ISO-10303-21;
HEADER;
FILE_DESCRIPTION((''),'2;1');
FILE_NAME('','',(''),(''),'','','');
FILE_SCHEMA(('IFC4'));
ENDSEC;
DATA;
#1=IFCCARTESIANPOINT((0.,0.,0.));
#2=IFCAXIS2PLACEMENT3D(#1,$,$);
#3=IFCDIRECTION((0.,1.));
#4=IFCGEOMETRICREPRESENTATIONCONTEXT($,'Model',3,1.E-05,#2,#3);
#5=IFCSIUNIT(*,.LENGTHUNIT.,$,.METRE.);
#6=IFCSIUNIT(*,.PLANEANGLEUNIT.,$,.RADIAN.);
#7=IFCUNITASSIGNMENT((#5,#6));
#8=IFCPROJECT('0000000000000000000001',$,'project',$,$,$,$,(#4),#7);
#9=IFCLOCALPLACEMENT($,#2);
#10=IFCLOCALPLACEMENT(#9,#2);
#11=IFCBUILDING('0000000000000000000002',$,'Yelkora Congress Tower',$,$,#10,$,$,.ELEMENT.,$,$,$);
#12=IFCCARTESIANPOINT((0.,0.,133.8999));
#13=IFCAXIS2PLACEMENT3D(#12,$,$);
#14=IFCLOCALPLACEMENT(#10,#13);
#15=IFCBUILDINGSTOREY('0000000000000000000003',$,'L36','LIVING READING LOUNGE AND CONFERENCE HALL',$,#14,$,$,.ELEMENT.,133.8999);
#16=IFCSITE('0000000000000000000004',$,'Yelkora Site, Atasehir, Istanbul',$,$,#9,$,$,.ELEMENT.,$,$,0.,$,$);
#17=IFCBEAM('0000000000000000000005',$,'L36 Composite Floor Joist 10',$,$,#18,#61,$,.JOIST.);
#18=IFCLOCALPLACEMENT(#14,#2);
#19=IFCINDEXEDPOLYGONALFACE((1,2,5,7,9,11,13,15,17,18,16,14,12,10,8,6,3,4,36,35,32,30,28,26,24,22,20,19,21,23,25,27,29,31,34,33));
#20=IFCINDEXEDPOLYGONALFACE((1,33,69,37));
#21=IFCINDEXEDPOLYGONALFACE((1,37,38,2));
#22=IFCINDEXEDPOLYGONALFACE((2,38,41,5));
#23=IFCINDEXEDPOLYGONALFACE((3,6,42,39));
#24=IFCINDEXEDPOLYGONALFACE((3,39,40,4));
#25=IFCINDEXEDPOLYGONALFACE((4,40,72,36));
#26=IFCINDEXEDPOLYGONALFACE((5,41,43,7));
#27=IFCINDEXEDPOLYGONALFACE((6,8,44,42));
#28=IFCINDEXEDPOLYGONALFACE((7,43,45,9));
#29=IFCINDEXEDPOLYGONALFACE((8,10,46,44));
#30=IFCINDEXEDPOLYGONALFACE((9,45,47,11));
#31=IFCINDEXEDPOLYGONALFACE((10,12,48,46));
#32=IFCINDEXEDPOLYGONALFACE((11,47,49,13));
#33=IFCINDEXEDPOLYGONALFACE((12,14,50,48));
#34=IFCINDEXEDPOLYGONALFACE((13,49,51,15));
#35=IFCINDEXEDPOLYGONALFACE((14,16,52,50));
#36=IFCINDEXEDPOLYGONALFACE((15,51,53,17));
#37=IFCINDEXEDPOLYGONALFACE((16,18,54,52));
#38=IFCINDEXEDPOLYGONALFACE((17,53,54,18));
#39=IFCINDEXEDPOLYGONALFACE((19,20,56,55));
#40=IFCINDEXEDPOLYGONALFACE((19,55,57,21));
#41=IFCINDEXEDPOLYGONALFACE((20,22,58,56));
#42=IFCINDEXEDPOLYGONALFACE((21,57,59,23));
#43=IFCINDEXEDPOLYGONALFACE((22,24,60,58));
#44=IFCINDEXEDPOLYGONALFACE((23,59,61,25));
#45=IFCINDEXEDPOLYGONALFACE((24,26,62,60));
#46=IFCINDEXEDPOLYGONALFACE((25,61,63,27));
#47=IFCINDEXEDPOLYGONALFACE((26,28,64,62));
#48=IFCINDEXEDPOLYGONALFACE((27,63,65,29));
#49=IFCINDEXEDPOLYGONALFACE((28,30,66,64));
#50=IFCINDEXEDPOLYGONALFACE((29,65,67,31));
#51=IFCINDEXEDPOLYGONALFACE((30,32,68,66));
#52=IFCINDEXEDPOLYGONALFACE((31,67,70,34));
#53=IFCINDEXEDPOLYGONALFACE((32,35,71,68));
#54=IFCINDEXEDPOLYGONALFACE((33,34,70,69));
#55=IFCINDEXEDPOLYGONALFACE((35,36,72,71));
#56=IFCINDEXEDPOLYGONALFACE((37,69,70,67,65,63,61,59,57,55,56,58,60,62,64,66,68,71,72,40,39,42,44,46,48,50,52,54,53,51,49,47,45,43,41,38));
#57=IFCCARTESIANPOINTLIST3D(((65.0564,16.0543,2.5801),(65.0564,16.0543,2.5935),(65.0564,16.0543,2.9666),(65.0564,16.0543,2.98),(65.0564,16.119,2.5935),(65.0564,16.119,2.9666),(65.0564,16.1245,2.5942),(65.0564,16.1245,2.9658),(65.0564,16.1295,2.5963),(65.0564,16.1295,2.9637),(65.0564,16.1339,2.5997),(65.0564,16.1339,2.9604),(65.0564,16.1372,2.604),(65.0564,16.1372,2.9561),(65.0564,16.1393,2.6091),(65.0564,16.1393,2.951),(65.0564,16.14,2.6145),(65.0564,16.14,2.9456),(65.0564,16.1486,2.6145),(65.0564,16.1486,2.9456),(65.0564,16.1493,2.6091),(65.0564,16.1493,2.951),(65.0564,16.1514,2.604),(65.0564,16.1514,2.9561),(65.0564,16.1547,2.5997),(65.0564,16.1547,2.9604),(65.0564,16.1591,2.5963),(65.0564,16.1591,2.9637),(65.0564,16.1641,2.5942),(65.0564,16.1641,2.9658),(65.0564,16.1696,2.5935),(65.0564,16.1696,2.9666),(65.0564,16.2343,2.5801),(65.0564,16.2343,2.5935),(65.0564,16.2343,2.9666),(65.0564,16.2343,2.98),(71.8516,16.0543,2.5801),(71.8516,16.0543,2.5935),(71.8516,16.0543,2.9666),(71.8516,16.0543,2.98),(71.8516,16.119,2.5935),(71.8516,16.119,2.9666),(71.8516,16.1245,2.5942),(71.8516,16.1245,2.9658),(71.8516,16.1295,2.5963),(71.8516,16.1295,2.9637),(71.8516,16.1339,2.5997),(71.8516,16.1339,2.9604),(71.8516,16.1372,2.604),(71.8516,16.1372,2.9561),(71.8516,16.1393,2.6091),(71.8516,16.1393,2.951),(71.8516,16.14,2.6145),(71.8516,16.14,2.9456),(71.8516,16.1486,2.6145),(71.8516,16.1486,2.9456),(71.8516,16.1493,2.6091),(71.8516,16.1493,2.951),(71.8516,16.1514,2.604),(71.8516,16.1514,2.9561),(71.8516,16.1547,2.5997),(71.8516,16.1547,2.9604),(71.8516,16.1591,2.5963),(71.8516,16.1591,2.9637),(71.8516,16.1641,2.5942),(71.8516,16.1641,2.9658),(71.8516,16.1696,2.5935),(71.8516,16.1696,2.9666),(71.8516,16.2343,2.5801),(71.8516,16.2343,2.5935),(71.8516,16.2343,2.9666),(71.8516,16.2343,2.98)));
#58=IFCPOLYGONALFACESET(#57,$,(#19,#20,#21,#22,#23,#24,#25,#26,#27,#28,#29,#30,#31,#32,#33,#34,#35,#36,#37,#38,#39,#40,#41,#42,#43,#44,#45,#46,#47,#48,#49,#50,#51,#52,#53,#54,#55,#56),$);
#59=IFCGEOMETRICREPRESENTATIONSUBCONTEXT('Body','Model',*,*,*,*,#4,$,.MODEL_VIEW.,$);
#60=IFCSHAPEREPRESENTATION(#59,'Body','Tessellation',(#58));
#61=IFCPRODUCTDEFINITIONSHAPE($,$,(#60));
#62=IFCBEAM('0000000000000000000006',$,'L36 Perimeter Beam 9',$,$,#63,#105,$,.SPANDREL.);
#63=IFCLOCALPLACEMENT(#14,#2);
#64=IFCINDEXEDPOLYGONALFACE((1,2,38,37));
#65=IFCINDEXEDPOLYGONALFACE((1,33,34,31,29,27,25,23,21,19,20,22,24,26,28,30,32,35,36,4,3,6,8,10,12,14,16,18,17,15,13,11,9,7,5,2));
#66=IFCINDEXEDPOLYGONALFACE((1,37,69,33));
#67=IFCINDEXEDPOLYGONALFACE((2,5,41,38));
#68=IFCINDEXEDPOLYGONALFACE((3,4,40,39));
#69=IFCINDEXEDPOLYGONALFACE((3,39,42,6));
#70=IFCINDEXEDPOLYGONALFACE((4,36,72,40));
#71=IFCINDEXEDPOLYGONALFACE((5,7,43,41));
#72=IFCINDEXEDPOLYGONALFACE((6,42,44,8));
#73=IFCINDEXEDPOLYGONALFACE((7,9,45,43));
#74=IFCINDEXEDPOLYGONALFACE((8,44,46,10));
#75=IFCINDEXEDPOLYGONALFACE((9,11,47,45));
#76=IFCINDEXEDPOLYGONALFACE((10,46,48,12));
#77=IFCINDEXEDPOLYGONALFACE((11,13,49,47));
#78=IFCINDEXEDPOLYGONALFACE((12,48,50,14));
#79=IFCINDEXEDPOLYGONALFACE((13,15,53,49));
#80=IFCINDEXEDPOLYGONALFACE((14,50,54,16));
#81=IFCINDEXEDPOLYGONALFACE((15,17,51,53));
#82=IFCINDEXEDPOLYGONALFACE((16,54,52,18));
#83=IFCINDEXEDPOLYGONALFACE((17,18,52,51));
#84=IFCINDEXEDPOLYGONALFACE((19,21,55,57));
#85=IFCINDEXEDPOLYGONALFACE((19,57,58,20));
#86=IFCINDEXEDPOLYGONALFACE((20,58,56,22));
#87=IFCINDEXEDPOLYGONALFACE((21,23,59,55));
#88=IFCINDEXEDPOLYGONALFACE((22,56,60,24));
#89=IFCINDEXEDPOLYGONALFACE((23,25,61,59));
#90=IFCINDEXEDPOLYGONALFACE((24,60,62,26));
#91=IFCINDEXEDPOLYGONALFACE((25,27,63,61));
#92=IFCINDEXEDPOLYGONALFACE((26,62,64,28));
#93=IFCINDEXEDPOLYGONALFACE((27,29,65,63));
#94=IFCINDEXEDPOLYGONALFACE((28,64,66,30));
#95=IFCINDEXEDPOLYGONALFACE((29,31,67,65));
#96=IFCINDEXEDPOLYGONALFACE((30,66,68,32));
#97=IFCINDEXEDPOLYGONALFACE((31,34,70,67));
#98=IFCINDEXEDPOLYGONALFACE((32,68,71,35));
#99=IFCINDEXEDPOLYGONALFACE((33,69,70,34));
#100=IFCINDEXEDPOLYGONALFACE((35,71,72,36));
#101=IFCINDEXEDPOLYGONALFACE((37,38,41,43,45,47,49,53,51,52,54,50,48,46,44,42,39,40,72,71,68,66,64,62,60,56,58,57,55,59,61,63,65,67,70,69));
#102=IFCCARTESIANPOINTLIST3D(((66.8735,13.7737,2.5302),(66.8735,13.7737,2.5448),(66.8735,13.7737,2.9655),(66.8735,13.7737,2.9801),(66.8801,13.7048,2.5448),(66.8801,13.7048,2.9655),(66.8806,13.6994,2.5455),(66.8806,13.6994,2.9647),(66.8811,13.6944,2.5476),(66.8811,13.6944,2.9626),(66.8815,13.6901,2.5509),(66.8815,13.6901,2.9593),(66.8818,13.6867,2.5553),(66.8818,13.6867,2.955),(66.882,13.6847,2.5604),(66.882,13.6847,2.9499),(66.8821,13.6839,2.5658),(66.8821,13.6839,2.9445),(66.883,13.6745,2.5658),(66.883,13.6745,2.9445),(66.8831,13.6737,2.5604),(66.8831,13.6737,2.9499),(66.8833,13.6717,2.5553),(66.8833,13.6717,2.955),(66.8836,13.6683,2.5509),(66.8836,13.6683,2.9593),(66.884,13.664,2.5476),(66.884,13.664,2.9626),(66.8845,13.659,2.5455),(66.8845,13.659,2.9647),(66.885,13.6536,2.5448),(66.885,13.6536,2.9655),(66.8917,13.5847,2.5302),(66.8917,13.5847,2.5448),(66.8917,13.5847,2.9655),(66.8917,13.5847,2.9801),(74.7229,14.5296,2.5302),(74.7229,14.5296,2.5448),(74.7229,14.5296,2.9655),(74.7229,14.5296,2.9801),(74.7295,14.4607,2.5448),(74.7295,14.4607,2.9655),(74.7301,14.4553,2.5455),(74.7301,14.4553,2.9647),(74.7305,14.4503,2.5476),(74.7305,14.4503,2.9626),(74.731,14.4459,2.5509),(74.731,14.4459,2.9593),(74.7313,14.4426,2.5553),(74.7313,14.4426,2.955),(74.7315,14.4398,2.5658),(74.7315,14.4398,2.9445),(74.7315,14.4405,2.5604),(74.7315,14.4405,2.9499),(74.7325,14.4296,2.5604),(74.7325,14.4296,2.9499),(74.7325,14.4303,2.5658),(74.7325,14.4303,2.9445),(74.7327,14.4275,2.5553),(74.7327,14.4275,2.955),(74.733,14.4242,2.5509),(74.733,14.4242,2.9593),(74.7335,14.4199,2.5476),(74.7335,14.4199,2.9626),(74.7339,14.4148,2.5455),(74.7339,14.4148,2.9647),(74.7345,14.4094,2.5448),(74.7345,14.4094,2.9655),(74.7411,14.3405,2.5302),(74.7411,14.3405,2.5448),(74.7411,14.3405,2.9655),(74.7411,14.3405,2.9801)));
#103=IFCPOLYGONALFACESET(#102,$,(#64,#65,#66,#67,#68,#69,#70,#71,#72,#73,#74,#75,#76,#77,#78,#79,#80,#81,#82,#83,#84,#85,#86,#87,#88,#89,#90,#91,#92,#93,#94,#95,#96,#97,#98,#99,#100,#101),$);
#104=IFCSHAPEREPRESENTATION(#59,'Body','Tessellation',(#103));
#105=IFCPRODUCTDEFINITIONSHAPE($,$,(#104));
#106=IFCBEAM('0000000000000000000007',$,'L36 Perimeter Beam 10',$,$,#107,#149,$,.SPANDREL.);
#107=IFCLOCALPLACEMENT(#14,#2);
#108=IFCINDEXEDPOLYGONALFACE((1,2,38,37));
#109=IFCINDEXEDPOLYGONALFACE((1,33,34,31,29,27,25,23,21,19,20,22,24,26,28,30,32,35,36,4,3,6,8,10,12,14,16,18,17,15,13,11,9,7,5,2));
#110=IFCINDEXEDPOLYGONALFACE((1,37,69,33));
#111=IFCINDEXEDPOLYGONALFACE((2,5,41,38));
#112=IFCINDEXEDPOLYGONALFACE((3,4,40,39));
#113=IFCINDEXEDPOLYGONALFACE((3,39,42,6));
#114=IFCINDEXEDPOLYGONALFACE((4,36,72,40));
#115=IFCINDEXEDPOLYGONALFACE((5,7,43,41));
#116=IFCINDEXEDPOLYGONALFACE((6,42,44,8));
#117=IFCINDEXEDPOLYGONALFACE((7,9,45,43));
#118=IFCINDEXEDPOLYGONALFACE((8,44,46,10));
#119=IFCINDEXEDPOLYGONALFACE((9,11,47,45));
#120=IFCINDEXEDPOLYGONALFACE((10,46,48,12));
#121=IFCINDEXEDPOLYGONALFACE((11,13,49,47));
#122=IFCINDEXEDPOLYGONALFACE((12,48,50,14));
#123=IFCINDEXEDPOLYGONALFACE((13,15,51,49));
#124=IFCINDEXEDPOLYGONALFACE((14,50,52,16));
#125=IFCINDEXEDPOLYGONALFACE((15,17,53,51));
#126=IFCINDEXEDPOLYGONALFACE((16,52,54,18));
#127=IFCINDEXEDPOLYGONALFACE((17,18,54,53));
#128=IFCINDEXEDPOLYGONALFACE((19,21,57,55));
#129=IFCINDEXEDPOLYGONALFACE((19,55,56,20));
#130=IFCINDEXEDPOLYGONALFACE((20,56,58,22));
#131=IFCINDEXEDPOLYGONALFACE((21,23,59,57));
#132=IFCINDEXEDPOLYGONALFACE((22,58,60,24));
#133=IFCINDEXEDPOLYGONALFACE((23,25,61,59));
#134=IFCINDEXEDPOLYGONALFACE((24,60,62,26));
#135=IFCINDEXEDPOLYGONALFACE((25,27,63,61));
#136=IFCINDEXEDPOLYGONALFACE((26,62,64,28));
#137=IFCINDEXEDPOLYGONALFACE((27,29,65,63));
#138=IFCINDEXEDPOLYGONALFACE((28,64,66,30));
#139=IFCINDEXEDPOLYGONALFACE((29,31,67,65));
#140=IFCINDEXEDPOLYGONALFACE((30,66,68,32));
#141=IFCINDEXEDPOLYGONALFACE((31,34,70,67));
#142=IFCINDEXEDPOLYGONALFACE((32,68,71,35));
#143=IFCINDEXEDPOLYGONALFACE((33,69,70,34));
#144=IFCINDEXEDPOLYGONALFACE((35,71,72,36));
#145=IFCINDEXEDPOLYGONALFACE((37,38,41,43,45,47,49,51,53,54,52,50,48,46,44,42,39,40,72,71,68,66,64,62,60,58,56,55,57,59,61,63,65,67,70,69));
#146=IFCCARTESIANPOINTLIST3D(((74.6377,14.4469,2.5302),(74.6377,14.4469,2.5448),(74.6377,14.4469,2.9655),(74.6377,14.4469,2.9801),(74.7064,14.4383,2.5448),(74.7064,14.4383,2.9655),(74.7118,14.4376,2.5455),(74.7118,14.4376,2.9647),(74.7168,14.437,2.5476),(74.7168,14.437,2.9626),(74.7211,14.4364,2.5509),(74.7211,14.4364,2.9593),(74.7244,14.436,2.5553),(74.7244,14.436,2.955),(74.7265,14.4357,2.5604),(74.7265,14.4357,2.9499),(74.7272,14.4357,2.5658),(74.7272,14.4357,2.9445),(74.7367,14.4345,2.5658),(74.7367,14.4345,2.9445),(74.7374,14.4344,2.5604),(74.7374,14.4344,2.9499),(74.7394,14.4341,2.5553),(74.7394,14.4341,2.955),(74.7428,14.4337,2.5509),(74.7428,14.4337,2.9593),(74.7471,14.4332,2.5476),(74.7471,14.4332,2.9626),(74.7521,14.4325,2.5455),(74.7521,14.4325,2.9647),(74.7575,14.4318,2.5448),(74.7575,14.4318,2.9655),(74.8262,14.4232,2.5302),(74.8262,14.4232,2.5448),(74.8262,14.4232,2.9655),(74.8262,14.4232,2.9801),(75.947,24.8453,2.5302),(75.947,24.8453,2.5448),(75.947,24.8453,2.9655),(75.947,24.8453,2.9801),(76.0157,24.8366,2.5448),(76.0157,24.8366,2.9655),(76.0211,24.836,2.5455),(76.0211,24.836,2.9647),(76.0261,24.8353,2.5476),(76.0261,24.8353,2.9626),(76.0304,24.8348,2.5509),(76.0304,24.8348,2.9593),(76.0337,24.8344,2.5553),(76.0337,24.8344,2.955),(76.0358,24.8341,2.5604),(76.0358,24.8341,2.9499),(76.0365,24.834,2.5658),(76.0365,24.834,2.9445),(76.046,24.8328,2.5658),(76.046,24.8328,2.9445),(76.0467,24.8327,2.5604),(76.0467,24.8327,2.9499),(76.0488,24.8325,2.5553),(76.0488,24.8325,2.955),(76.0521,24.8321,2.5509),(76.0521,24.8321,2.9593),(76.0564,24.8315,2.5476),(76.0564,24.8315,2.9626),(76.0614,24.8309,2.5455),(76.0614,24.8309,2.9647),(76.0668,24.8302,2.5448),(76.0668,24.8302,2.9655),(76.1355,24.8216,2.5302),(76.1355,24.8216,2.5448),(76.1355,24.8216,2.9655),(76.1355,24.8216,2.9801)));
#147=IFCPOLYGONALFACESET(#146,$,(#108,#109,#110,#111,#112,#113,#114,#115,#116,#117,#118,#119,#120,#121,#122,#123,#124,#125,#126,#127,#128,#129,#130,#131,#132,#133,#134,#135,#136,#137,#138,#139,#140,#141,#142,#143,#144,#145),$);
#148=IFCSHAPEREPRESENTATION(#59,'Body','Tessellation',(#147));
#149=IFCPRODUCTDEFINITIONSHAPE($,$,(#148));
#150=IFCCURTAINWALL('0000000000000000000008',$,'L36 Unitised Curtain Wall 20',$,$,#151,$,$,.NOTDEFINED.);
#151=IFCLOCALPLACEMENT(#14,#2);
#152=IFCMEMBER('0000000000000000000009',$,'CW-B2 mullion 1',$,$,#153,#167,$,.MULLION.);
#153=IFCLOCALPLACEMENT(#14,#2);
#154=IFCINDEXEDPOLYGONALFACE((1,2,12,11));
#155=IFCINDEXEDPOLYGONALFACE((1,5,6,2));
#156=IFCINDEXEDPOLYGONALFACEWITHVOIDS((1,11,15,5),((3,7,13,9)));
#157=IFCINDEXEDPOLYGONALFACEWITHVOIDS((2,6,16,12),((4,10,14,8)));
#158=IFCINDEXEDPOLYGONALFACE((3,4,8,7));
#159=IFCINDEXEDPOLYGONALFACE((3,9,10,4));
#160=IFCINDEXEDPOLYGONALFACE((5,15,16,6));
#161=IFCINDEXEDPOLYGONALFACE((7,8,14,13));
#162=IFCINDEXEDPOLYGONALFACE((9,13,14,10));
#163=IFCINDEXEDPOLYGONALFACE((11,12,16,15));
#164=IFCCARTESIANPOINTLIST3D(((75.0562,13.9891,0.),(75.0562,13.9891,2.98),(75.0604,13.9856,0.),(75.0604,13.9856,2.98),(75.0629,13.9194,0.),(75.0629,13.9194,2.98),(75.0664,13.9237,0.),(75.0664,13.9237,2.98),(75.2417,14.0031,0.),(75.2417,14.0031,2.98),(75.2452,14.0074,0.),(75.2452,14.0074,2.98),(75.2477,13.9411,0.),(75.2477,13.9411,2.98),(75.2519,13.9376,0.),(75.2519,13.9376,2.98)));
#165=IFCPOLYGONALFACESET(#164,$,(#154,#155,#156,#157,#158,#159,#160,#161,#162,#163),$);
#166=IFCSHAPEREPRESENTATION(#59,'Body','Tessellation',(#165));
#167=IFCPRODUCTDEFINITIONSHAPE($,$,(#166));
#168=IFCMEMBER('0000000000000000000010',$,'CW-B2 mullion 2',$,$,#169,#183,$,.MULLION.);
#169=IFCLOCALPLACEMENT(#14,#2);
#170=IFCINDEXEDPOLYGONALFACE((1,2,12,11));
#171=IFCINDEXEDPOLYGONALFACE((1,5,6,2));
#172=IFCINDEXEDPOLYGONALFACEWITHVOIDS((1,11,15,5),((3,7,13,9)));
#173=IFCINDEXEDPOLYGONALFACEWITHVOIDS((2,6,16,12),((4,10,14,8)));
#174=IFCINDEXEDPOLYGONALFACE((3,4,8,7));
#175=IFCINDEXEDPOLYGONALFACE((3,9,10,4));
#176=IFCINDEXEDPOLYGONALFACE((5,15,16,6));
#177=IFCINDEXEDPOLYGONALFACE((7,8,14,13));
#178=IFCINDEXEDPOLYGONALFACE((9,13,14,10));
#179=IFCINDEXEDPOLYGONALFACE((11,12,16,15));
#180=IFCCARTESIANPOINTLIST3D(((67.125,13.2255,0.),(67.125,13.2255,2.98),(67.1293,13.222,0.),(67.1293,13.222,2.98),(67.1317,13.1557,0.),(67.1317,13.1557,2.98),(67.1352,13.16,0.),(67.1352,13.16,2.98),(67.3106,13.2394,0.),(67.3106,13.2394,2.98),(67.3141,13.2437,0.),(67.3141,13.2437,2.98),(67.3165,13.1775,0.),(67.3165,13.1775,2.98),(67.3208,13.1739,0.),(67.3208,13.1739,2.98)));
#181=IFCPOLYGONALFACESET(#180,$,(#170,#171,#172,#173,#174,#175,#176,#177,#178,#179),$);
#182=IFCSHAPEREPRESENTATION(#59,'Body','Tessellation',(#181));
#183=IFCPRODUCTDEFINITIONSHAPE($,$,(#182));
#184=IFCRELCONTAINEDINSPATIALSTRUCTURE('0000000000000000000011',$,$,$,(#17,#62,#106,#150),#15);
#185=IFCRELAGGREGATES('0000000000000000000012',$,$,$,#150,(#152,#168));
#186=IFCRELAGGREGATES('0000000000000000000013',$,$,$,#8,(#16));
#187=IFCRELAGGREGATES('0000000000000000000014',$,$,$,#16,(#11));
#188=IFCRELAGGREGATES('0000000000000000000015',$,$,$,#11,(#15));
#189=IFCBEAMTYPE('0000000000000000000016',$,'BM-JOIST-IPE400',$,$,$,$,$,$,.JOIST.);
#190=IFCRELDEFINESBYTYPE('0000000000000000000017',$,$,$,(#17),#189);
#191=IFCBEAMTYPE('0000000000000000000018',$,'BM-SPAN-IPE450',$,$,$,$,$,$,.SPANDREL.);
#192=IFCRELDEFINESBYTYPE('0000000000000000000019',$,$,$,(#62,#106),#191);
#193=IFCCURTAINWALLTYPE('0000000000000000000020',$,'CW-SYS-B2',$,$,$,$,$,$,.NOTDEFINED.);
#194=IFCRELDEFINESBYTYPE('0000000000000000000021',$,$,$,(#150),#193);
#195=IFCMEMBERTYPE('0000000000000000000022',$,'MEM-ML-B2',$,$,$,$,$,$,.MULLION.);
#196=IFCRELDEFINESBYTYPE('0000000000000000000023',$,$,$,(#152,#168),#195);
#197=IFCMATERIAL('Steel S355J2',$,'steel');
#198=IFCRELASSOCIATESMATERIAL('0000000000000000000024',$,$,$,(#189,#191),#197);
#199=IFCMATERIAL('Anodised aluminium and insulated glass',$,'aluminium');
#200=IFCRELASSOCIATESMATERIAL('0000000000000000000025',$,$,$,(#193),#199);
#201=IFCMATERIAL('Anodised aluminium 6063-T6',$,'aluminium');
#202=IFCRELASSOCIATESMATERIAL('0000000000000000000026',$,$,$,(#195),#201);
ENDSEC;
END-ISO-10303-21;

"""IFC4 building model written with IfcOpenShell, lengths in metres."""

from ifc_helpers import new_model, si_unit, direction, frame, origin, origin_2d, place, context, subcontext, project, spatial, hollow_rectangle, i_section, extrude, material, material_profile, profile_set, type_object, element, aggregate, save


model = new_model("IFC4")

# Units and contexts
model_context = context("Model", 3, precision=1e-05, world=origin(), true_north=direction((0.0, 1.0)))
body_context = subcontext(model_context, "Body", "Model", "MODEL_VIEW")
ifc_project = project(units=[si_unit("LENGTHUNIT", "METRE"), si_unit("PLANEANGLEUNIT", "RADIAN")], contexts=[model_context])

# Site, building, storey
site_placement = place(None, origin())
site = spatial("IfcSite", under=ifc_project, at=site_placement, Name="Yelkora Site, Atasehir, Istanbul", CompositionType="ELEMENT", RefElevation=0.0)
building_placement = place(site_placement, origin())
building = spatial("IfcBuilding", under=site, at=building_placement, Name="Yelkora Congress Tower", CompositionType="ELEMENT")
storey_placement = place(building_placement, frame((0.0, 0.0, 133.8999)))
storey = spatial("IfcBuildingStorey", under=building, at=storey_placement, Name="L36", Description="LIVING READING LOUNGE AND CONFERENCE HALL", CompositionType="ELEMENT", Elevation=133.8999)

# Beams
ifc_material_1 = material(Name="Steel S355J2", Category="steel")
ifc_material_profile_1 = material_profile(ifc_material_1, i_section(OverallWidth=0.1799, OverallDepth=0.3999, WebThickness=0.0085, FlangeThickness=0.0134, FilletRadius=0.021, at=origin_2d()), Name="IPE 400")
ifc_profile_set_1 = profile_set([ifc_material_profile_1], Name="Steel S355J2")
beam_type_1 = type_object("IfcBeamType", Name="BM-JOIST-IPE400", PredefinedType="JOIST", material=ifc_profile_set_1)
beam_1_placement = place(storey_placement, frame((65.0564, 16.1443, 2.78), z_axis=(1.0, 0.0, 0.0), x_axis=(0.0, 1.0, 0.0)))
element("IfcBeam", 1, at=beam_1_placement, inside=storey, type_object=beam_type_1, Name="L36 Composite Floor Joist 10", PredefinedType="JOIST", context=body_context, shape_type="SweptSolid", body=[
    extrude(i_section(OverallWidth=0.1799, OverallDepth=0.3999, WebThickness=0.0085, FlangeThickness=0.0134, FilletRadius=0.021, at=origin_2d()), origin(), (0.0, 0.0, 1.0), 6.7952),
])
ifc_material_profile_2 = material_profile(ifc_material_1, i_section(OverallWidth=0.1899, OverallDepth=0.45, WebThickness=0.0095, FlangeThickness=0.0146, FilletRadius=0.021, at=origin_2d()), Name="IPE 450")
ifc_profile_set_2 = profile_set([ifc_material_profile_2], Name="Steel S355J2")
beam_type_2 = type_object("IfcBeamType", Name="BM-SPAN-IPE450", PredefinedType="SPANDREL", material=ifc_profile_set_2)
beam_2_placement = place(storey_placement, frame((66.8826, 13.6792, 2.7551), z_axis=(0.995396, 0.095852, 0.0), x_axis=(-0.095852, 0.995396, 0.0)))
element("IfcBeam", 2, at=beam_2_placement, inside=storey, type_object=beam_type_2, Name="L36 Perimeter Beam 9", PredefinedType="SPANDREL", context=body_context, shape_type="SweptSolid", body=[
    extrude(i_section(OverallWidth=0.1899, OverallDepth=0.45, WebThickness=0.0095, FlangeThickness=0.0146, FilletRadius=0.021, at=origin_2d()), origin(), (0.0, 0.0, 1.0), 7.8857),
])
beam_3_placement = place(storey_placement, frame((74.7319, 14.4351, 2.7551), z_axis=(0.124929, 0.992166, 0.0), x_axis=(-0.992166, 0.124929, 0.0)))
element("IfcBeam", 3, at=beam_3_placement, inside=storey, type_object=beam_type_2, Name="L36 Perimeter Beam 10", PredefinedType="SPANDREL", context=body_context, shape_type="SweptSolid", body=[
    extrude(i_section(OverallWidth=0.1899, OverallDepth=0.45, WebThickness=0.0095, FlangeThickness=0.0146, FilletRadius=0.021, at=origin_2d()), origin(), (0.0, 0.0, 1.0), 10.4805),
])

# Curtain wall, members
ifc_material_2 = material(Name="Anodised aluminium and insulated glass", Category="aluminium")
curtain_wall_type = type_object("IfcCurtainWallType", Name="CW-SYS-B2", PredefinedType="NOTDEFINED", material=ifc_material_2)
curtain_wall_placement = place(storey_placement, origin())
curtain_wall = element("IfcCurtainWall", 4, at=curtain_wall_placement, inside=storey, type_object=curtain_wall_type, Name="L36 Unitised Curtain Wall 20", PredefinedType="NOTDEFINED")
ifc_material_3 = material(Name="Anodised aluminium 6063-T6", Category="aluminium")
ifc_material_profile_3 = material_profile(ifc_material_3, hollow_rectangle(XDim=0.0701, YDim=0.1899, WallThickness=0.0039, at=origin_2d()), Name="ALU 70x190x4")
ifc_profile_set_3 = profile_set([ifc_material_profile_3], Name="Anodised aluminium 6063-T6")
member_type_1 = type_object("IfcMemberType", Name="MEM-ML-B2", PredefinedType="MULLION", material=ifc_profile_set_3)
member_1_placement = place(storey_placement, frame((75.1541, 13.9634, 0.0), z_axis=(0.0, 0.0, 1.0), x_axis=(0.095844, -0.995396, 0.0)))
member_1 = element("IfcMember", 5, at=member_1_placement, type_object=member_type_1, Name="CW-B2 mullion 1", PredefinedType="MULLION", context=body_context, shape_type="SweptSolid", body=[
    extrude(hollow_rectangle(XDim=0.0701, YDim=0.1899, WallThickness=0.0039, at=origin_2d()), origin(), (0.0, 0.0, 1.0), 2.98),
])
member_2_placement = place(storey_placement, frame((67.2229, 13.1997, 0.0), z_axis=(0.0, 0.0, 1.0), x_axis=(0.095844, -0.995396, 0.0)))
member_2 = element("IfcMember", 6, at=member_2_placement, type_object=member_type_1, Name="CW-B2 mullion 2", PredefinedType="MULLION", context=body_context, shape_type="SweptSolid", body=[
    extrude(hollow_rectangle(XDim=0.0701, YDim=0.1899, WallThickness=0.0039, at=origin_2d()), origin(), (0.0, 0.0, 1.0), 2.98),
])
aggregate(curtain_wall, [member_1, member_2])

save(model, "model.ifc")
